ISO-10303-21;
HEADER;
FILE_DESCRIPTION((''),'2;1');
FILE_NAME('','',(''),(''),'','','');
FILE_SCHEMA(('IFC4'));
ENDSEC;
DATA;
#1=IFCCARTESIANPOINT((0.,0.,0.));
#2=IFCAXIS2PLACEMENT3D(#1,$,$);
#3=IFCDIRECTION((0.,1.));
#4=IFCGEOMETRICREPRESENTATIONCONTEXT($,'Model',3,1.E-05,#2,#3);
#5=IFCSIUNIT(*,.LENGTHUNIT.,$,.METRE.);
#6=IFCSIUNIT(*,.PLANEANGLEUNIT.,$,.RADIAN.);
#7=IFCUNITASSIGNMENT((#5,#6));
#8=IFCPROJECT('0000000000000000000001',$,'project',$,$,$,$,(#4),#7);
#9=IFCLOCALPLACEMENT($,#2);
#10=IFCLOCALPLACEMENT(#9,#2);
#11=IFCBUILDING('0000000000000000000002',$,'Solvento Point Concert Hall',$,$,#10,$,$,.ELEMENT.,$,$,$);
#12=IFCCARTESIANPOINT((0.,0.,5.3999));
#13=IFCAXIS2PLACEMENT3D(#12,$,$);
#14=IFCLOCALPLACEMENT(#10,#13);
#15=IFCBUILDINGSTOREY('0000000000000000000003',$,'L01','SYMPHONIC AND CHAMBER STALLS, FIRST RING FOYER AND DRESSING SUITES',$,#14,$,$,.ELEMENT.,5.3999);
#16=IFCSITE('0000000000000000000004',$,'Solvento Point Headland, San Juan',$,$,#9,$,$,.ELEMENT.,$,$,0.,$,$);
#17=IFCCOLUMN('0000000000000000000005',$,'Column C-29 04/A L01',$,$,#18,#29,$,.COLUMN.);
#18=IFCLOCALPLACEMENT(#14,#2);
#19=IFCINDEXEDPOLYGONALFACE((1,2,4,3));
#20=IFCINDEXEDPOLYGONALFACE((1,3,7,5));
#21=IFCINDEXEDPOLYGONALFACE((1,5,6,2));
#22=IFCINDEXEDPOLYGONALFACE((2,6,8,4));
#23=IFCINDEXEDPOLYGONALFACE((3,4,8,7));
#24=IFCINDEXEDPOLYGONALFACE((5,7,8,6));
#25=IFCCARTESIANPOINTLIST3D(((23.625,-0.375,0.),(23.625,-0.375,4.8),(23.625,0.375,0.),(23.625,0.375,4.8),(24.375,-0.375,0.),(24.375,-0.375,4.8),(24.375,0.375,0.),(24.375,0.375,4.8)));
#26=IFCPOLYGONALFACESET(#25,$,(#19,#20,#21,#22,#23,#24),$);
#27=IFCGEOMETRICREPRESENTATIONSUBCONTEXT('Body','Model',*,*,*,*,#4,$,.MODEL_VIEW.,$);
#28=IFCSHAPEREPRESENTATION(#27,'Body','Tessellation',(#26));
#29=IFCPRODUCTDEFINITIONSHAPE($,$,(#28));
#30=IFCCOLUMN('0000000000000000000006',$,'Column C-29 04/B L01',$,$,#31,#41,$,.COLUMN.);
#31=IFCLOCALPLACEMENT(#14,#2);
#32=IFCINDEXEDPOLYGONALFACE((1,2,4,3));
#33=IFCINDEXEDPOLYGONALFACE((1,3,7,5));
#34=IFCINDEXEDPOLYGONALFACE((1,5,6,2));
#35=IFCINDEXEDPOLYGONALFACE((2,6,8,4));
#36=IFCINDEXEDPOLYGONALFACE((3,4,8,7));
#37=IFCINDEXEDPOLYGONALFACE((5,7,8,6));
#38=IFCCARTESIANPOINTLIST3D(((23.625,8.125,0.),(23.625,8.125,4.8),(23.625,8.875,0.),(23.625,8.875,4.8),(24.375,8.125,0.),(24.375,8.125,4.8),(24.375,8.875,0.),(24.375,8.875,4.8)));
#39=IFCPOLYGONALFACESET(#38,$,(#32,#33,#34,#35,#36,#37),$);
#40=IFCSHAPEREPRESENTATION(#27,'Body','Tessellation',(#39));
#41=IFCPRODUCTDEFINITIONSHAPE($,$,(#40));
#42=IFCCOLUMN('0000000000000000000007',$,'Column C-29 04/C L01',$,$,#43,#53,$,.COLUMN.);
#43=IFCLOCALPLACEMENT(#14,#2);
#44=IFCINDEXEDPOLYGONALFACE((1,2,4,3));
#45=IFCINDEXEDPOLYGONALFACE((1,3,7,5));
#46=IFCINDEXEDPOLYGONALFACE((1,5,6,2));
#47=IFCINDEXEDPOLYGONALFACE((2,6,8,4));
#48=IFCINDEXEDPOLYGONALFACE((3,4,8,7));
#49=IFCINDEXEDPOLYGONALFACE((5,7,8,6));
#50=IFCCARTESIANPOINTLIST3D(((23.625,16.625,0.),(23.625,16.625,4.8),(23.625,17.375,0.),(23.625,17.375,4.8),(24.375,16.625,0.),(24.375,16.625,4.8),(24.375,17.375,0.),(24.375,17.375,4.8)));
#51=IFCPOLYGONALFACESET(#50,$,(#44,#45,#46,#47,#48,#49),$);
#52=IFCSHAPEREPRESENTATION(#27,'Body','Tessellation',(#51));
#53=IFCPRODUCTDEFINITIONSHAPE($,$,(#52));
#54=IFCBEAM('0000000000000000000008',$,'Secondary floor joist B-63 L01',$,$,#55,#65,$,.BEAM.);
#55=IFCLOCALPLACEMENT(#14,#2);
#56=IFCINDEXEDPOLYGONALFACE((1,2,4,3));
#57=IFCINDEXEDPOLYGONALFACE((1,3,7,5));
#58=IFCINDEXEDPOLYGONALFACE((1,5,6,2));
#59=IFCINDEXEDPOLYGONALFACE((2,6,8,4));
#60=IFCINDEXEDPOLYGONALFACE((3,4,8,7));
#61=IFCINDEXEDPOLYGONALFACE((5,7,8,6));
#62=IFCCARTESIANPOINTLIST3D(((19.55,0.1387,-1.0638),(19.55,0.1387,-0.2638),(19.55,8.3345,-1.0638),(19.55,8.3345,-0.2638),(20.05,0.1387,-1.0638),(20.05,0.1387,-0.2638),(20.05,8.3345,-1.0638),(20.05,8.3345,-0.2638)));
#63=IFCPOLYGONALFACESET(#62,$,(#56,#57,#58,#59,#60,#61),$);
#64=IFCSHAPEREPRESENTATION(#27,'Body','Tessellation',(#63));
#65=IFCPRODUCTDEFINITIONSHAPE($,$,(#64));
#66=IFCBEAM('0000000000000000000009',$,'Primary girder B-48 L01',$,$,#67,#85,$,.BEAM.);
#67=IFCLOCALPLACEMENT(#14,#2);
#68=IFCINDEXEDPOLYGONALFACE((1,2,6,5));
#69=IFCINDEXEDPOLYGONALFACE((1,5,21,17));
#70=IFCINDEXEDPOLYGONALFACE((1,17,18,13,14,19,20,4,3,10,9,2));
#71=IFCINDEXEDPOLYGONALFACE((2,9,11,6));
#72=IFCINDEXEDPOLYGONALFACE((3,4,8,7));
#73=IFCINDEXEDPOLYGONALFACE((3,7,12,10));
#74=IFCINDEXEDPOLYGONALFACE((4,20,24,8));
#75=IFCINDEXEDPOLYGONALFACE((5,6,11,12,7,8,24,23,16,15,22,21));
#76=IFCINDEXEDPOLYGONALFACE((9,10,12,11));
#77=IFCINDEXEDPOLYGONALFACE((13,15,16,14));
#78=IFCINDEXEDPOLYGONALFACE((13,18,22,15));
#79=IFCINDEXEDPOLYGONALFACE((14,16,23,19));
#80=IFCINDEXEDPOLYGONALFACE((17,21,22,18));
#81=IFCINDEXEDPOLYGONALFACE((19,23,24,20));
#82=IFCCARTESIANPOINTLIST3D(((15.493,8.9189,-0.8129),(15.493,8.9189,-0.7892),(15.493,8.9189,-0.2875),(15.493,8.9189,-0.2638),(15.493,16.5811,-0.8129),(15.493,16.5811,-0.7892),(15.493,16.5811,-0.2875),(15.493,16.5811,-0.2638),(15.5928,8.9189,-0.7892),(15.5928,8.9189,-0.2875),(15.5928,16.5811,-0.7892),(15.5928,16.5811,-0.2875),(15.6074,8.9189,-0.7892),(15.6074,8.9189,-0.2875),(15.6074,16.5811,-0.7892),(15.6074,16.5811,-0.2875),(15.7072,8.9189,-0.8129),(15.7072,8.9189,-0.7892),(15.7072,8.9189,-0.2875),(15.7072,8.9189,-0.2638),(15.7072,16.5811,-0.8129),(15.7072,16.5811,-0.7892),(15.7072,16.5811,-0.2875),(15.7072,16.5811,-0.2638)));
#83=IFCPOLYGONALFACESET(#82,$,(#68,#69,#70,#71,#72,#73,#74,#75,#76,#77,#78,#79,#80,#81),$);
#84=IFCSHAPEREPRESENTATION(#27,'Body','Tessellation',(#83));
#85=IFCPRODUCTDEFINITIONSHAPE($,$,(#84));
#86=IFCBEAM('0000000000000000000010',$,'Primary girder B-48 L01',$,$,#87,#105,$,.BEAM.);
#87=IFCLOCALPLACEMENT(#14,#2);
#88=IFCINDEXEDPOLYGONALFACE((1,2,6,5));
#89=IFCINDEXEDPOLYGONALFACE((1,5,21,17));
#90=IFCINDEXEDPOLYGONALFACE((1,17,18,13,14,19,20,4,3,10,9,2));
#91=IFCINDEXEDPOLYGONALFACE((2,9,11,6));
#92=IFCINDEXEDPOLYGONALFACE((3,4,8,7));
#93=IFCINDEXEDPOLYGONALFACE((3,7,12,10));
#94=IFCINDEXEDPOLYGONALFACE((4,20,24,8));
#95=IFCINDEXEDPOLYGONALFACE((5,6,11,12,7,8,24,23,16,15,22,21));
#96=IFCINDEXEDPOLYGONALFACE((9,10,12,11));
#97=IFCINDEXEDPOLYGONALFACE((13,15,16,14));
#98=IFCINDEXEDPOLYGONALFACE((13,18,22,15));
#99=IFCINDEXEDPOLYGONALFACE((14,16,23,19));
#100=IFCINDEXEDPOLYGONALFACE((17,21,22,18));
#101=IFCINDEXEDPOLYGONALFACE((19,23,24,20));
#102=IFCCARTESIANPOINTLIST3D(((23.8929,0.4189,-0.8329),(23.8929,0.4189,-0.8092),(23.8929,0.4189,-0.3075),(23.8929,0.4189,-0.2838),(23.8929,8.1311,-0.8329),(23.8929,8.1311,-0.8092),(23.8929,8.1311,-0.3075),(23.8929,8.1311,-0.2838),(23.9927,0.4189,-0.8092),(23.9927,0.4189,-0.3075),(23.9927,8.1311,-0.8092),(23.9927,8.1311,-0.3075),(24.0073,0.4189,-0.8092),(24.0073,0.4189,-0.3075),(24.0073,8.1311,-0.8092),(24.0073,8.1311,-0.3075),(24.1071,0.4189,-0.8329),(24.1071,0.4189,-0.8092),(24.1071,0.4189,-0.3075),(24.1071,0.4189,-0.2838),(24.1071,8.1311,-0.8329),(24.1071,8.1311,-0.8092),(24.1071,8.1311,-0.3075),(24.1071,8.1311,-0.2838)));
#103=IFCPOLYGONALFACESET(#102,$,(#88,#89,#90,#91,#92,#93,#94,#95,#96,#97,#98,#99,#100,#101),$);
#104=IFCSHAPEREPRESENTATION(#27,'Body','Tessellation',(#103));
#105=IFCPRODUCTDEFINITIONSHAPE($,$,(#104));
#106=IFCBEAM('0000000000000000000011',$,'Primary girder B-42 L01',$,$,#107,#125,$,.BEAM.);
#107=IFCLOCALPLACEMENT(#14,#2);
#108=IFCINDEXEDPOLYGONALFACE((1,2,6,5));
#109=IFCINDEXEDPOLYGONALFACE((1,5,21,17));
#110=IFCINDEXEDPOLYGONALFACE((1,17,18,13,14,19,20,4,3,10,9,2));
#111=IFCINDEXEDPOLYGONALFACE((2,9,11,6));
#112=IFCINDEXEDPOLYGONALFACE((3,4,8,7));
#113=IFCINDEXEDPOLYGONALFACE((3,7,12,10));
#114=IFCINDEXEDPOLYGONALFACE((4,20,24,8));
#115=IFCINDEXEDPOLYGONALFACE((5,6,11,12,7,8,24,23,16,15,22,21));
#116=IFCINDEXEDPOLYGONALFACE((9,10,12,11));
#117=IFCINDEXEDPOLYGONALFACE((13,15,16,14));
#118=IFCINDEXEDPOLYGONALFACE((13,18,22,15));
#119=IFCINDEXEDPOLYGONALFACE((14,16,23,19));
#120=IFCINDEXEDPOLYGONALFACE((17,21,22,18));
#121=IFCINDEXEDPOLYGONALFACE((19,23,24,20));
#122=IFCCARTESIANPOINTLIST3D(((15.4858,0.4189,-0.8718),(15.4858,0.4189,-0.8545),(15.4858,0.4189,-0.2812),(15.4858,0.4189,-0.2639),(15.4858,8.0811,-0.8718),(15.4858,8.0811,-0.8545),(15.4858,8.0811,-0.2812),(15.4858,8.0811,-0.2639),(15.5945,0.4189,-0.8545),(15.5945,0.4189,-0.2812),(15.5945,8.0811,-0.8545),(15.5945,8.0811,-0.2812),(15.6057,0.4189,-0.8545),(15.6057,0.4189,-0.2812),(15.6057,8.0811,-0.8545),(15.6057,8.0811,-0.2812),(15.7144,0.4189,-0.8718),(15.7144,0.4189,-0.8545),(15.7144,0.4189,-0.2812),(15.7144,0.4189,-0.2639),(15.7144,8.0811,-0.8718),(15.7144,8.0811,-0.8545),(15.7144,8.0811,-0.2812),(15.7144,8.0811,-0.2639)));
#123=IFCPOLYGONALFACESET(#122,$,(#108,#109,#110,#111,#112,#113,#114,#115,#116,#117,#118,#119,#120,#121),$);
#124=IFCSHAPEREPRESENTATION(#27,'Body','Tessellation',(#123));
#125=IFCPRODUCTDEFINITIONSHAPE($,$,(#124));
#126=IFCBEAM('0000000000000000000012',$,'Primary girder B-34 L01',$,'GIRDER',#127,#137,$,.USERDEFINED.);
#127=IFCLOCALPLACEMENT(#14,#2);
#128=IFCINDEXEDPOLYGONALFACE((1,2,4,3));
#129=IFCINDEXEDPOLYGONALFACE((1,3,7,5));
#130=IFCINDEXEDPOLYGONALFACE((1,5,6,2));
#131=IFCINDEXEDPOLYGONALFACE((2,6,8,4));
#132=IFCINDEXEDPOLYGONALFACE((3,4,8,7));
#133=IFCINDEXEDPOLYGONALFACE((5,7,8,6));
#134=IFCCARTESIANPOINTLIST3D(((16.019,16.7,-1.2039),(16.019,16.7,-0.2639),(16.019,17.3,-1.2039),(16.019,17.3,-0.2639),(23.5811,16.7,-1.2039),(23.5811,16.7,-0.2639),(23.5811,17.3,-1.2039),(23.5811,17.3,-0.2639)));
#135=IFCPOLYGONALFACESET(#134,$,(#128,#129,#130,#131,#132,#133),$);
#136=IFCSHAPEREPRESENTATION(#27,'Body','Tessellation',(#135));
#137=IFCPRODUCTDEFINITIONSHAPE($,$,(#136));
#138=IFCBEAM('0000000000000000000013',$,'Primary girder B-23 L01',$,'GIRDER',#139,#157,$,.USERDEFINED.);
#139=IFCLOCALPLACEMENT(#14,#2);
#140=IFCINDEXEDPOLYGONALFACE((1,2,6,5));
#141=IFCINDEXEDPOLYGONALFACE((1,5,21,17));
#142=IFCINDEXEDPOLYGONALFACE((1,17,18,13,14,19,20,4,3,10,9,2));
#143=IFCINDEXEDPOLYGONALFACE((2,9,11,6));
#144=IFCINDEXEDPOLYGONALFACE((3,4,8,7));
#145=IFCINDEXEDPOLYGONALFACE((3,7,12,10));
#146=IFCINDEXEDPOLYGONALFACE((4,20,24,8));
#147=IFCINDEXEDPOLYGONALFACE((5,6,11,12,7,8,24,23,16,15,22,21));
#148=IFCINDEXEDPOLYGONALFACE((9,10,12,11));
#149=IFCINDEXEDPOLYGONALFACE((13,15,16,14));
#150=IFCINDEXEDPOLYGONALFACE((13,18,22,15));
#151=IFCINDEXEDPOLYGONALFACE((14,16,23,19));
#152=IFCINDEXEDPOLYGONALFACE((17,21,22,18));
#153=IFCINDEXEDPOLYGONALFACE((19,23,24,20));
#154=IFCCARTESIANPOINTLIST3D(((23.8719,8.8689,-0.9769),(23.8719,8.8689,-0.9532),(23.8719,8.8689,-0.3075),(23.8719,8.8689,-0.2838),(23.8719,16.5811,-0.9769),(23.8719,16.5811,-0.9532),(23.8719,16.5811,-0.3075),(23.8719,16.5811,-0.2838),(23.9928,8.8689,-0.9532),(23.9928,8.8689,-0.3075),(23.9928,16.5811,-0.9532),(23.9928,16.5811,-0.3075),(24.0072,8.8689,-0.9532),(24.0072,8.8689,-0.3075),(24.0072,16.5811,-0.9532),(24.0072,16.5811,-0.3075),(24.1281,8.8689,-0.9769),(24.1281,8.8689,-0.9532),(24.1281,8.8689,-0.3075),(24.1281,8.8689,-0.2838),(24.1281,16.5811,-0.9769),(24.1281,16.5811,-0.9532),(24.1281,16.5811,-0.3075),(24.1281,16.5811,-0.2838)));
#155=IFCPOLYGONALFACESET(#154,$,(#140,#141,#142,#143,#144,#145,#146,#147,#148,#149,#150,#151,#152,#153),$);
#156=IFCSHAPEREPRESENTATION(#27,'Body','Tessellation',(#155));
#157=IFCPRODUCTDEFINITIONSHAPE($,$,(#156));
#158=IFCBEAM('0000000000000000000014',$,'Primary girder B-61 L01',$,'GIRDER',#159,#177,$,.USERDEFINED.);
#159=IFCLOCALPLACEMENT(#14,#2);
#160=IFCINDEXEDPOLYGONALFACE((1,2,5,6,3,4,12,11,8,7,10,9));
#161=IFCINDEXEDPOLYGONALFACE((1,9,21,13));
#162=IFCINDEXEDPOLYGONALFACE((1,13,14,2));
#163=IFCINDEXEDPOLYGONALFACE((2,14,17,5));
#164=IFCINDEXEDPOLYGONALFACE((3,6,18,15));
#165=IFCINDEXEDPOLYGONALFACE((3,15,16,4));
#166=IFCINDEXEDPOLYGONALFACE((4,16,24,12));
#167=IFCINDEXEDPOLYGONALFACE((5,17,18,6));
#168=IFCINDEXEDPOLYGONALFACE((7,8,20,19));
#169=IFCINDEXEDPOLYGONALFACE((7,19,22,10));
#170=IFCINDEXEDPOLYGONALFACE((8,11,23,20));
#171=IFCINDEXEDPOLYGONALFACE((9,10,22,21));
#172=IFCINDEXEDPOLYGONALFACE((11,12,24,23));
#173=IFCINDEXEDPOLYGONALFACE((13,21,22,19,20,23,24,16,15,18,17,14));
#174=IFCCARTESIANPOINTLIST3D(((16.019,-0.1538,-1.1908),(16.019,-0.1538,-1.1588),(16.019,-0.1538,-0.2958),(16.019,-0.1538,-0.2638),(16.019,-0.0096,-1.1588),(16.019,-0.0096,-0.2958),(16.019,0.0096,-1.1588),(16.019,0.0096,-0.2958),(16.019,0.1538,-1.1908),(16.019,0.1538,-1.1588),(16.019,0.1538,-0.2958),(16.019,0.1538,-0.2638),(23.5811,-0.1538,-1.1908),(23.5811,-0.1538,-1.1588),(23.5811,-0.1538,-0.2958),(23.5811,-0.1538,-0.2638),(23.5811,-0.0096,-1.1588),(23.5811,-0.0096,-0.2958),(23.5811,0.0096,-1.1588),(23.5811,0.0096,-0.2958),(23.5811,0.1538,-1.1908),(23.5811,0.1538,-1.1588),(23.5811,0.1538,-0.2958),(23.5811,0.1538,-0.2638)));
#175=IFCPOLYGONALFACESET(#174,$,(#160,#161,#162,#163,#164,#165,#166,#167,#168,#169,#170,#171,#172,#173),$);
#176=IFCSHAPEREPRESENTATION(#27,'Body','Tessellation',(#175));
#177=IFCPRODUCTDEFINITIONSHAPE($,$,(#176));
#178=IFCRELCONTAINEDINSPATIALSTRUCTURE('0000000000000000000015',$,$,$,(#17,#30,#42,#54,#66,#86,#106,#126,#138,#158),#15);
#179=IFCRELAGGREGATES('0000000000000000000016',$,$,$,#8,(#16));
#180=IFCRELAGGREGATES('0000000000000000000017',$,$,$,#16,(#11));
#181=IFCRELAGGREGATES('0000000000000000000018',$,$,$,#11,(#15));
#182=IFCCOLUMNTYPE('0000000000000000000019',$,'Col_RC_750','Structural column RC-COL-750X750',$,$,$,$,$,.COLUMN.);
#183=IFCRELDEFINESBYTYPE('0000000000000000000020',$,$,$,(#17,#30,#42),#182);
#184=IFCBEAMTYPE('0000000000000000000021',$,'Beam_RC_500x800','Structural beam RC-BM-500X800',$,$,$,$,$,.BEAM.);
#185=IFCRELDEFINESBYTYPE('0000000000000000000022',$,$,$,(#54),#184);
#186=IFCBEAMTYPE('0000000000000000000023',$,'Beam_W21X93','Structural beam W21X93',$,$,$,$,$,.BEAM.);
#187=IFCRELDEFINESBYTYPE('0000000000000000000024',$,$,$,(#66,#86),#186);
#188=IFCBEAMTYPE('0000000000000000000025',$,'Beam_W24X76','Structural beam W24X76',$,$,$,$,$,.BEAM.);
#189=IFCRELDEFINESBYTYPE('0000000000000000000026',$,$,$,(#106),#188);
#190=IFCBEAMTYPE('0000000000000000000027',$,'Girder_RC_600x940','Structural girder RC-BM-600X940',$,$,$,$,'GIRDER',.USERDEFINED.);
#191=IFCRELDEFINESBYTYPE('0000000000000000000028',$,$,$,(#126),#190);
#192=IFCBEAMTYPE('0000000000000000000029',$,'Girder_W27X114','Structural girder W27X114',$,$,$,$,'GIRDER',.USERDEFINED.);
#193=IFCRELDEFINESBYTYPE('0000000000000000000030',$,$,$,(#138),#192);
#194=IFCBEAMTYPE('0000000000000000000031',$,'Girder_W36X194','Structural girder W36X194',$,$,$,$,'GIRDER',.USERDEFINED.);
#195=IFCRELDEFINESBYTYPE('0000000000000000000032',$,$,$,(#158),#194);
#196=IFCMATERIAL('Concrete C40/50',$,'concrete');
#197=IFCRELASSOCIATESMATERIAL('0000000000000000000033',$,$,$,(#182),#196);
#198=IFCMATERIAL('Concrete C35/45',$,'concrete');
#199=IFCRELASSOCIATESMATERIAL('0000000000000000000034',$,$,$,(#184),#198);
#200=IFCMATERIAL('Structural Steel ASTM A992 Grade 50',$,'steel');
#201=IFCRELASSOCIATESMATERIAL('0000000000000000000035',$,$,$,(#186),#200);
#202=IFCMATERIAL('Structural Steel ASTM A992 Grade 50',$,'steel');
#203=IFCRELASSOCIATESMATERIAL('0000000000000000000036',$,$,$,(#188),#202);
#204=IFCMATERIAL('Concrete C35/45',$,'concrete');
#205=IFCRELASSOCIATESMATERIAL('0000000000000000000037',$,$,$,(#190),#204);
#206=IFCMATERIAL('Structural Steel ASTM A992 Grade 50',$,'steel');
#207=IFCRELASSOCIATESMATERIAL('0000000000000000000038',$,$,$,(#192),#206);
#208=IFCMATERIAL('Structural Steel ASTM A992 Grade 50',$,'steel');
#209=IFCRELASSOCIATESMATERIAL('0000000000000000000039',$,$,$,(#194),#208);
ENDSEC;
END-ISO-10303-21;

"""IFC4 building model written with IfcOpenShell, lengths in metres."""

from ifc_helpers import new_model, si_unit, direction, frame, origin, origin_2d, place, context, subcontext, project, spatial, rectangle, i_section, extrude, material, material_profile, profile_set, type_object, element, save


model = new_model("IFC4")

# Units and contexts
model_context = context("Model", 3, precision=1e-05, world=origin(), true_north=direction((0.0, 1.0)))
body_context = subcontext(model_context, "Body", "Model", "MODEL_VIEW")
ifc_project = project(units=[si_unit("LENGTHUNIT", "METRE"), si_unit("PLANEANGLEUNIT", "RADIAN")], contexts=[model_context])

# Site, building, storey
site_placement = place(None, origin())
site = spatial("IfcSite", under=ifc_project, at=site_placement, Name="Solvento Point Headland, San Juan", CompositionType="ELEMENT", RefElevation=0.0)
building_placement = place(site_placement, origin())
building = spatial("IfcBuilding", under=site, at=building_placement, Name="Solvento Point Concert Hall", CompositionType="ELEMENT")
storey_placement = place(building_placement, frame((0.0, 0.0, 5.3999)))
storey = spatial("IfcBuildingStorey", under=building, at=storey_placement, Name="L01", Description="SYMPHONIC AND CHAMBER STALLS, FIRST RING FOYER AND DRESSING SUITES", CompositionType="ELEMENT", Elevation=5.3999)

# Columns
ifc_material_1 = material(Name="Concrete C40/50", Category="concrete")
ifc_material_profile_1 = material_profile(ifc_material_1, rectangle(XDim=0.75, YDim=0.75, at=origin_2d()), Name="RC-COL-750X750")
ifc_profile_set_1 = profile_set([ifc_material_profile_1], Name="Concrete C40/50")
column_type = type_object("IfcColumnType", Name="Col_RC_750", Description="Structural column RC-COL-750X750", PredefinedType="COLUMN", material=ifc_profile_set_1)
for number, where, z_axis, x_axis, name in (
    (1, (24.0, 0.0, 0.0), (0.0, 0.0, 1.0), (1.0, 0.0, 0.0), "Column C-29 04/A L01"),
    (2, (24.0, 8.5, 0.0), (0.0, 0.0, 1.0), (1.0, 0.0, 0.0), "Column C-29 04/B L01"),
    (3, (24.0, 17.0, 0.0), (0.0, 0.0, 1.0), (1.0, 0.0, 0.0), "Column C-29 04/C L01"),
):
    element("IfcColumn", number, at=place(storey_placement, frame(where, z_axis=z_axis, x_axis=x_axis)), inside=storey, type_object=column_type, Name=name, PredefinedType="COLUMN", context=body_context, shape_type="SweptSolid", body=[
        extrude(rectangle(XDim=0.75, YDim=0.75, at=origin_2d()), origin(), (0.0, 0.0, 1.0), 4.8),
    ])

# Beams
ifc_material_2 = material(Name="Concrete C35/45", Category="concrete")
ifc_material_profile_2 = material_profile(ifc_material_2, rectangle(XDim=0.5, YDim=0.8, at=origin_2d()), Name="RC-BM-500X800")
ifc_profile_set_2 = profile_set([ifc_material_profile_2], Name="Concrete C35/45")
beam_type_1 = type_object("IfcBeamType", Name="Beam_RC_500x800", Description="Structural beam RC-BM-500X800", PredefinedType="BEAM", material=ifc_profile_set_2)
beam_1_placement = place(storey_placement, frame((19.8, 0.1387, -0.6638), z_axis=(0.0, 1.0, 0.0), x_axis=(-1.0, 0.0, 0.0)))
element("IfcBeam", 4, at=beam_1_placement, inside=storey, type_object=beam_type_1, Name="Secondary floor joist B-63 L01", PredefinedType="BEAM", context=body_context, shape_type="SweptSolid", body=[
    extrude(rectangle(XDim=0.5, YDim=0.8, at=origin_2d()), origin(), (0.0, 0.0, 1.0), 8.1958),
])
ifc_material_3 = material(Name="Structural Steel ASTM A992 Grade 50", Category="steel")
ifc_material_profile_3 = material_profile(ifc_material_3, i_section(OverallWidth=0.2141, OverallDepth=0.5491, WebThickness=0.0146, FlangeThickness=0.0237, at=origin_2d()), Name="W21X93")
ifc_profile_set_3 = profile_set([ifc_material_profile_3], Name="Structural Steel ASTM A992 Grade 50")
beam_type_2 = type_object("IfcBeamType", Name="Beam_W21X93", Description="Structural beam W21X93", PredefinedType="BEAM", material=ifc_profile_set_3)
beam_2_placement = place(storey_placement, frame((15.6001, 8.9189, -0.5383), z_axis=(0.0, 1.0, 0.0), x_axis=(-1.0, 0.0, 0.0)))
element("IfcBeam", 5, at=beam_2_placement, inside=storey, type_object=beam_type_2, Name="Primary girder B-48 L01", PredefinedType="BEAM", context=body_context, shape_type="SweptSolid", body=[
    extrude(i_section(OverallWidth=0.2141, OverallDepth=0.5491, WebThickness=0.0146, FlangeThickness=0.0237, at=origin_2d()), origin(), (0.0, 0.0, 1.0), 7.6621),
])
beam_3_placement = place(storey_placement, frame((24.0, 0.4189, -0.5583), z_axis=(0.0, 1.0, 0.0), x_axis=(-1.0, 0.0, 0.0)))
element("IfcBeam", 6, at=beam_3_placement, inside=storey, type_object=beam_type_2, Name="Primary girder B-48 L01", PredefinedType="BEAM", context=body_context, shape_type="SweptSolid", body=[
    extrude(i_section(OverallWidth=0.2141, OverallDepth=0.5491, WebThickness=0.0146, FlangeThickness=0.0237, at=origin_2d()), origin(), (0.0, 0.0, 1.0), 7.7122),
])
ifc_material_4 = material(Name="Structural Steel ASTM A992 Grade 50", Category="steel")
ifc_material_profile_4 = material_profile(ifc_material_4, i_section(OverallWidth=0.2285, OverallDepth=0.6079, WebThickness=0.0112, FlangeThickness=0.0173, at=origin_2d()), Name="W24X76")
ifc_profile_set_4 = profile_set([ifc_material_profile_4], Name="Structural Steel ASTM A992 Grade 50")
beam_type_3 = type_object("IfcBeamType", Name="Beam_W24X76", Description="Structural beam W24X76", PredefinedType="BEAM", material=ifc_profile_set_4)
beam_4_placement = place(storey_placement, frame((15.6001, 0.4189, -0.5679), z_axis=(0.0, 1.0, 0.0), x_axis=(-1.0, 0.0, 0.0)))
element("IfcBeam", 7, at=beam_4_placement, inside=storey, type_object=beam_type_3, Name="Primary girder B-42 L01", PredefinedType="BEAM", context=body_context, shape_type="SweptSolid", body=[
    extrude(i_section(OverallWidth=0.2285, OverallDepth=0.6079, WebThickness=0.0112, FlangeThickness=0.0173, at=origin_2d()), origin(), (0.0, 0.0, 1.0), 7.6621),
])
ifc_material_5 = material(Name="Concrete C35/45", Category="concrete")
ifc_material_profile_5 = material_profile(ifc_material_5, rectangle(XDim=0.6001, YDim=0.9399, at=origin_2d()), Name="RC-BM-600X940")
ifc_profile_set_5 = profile_set([ifc_material_profile_5], Name="Concrete C35/45")
beam_type_4 = type_object("IfcBeamType", Name="Girder_RC_600x940", Description="Structural girder RC-BM-600X940", ElementType="GIRDER", PredefinedType="USERDEFINED", material=ifc_profile_set_5)
beam_5_placement = place(storey_placement, frame((16.019, 17.0, -0.7339), z_axis=(1.0, 0.0, 0.0), x_axis=(0.0, 1.0, 0.0)))
element("IfcBeam", 8, at=beam_5_placement, inside=storey, type_object=beam_type_4, Name="Primary girder B-34 L01", ObjectType="GIRDER", PredefinedType="USERDEFINED", context=body_context, shape_type="SweptSolid", body=[
    extrude(rectangle(XDim=0.6001, YDim=0.9399, at=origin_2d()), origin(), (0.0, 0.0, 1.0), 7.562),
])
ifc_material_6 = material(Name="Structural Steel ASTM A992 Grade 50", Category="steel")
ifc_material_profile_6 = material_profile(ifc_material_6, i_section(OverallWidth=0.2561, OverallDepth=0.6931, WebThickness=0.0144, FlangeThickness=0.0237, at=origin_2d()), Name="W27X114")
ifc_profile_set_6 = profile_set([ifc_material_profile_6], Name="Structural Steel ASTM A992 Grade 50")
beam_type_5 = type_object("IfcBeamType", Name="Girder_W27X114", Description="Structural girder W27X114", ElementType="GIRDER", PredefinedType="USERDEFINED", material=ifc_profile_set_6)
beam_6_placement = place(storey_placement, frame((24.0, 8.8689, -0.6304), z_axis=(0.0, 1.0, 0.0), x_axis=(-1.0, 0.0, 0.0)))
element("IfcBeam", 9, at=beam_6_placement, inside=storey, type_object=beam_type_5, Name="Primary girder B-23 L01", ObjectType="GIRDER", PredefinedType="USERDEFINED", context=body_context, shape_type="SweptSolid", body=[
    extrude(i_section(OverallWidth=0.2561, OverallDepth=0.6931, WebThickness=0.0144, FlangeThickness=0.0237, at=origin_2d()), origin(), (0.0, 0.0, 1.0), 7.7122),
])
ifc_material_7 = material(Name="Structural Steel ASTM A992 Grade 50", Category="steel")
ifc_material_profile_7 = material_profile(ifc_material_7, i_section(OverallWidth=0.3076, OverallDepth=0.927, WebThickness=0.0193, FlangeThickness=0.032, at=origin_2d()), Name="W36X194")
ifc_profile_set_7 = profile_set([ifc_material_profile_7], Name="Structural Steel ASTM A992 Grade 50")
beam_type_6 = type_object("IfcBeamType", Name="Girder_W36X194", Description="Structural girder W36X194", ElementType="GIRDER", PredefinedType="USERDEFINED", material=ifc_profile_set_7)
beam_7_placement = place(storey_placement, frame((16.019, 0.0, -0.7273), z_axis=(1.0, 0.0, 0.0), x_axis=(0.0, 1.0, 0.0)))
element("IfcBeam", 10, at=beam_7_placement, inside=storey, type_object=beam_type_6, Name="Primary girder B-61 L01", ObjectType="GIRDER", PredefinedType="USERDEFINED", context=body_context, shape_type="SweptSolid", body=[
    extrude(i_section(OverallWidth=0.3076, OverallDepth=0.927, WebThickness=0.0193, FlangeThickness=0.032, at=origin_2d()), origin(), (0.0, 0.0, 1.0), 7.562),
])

save(model, "model.ifc")
